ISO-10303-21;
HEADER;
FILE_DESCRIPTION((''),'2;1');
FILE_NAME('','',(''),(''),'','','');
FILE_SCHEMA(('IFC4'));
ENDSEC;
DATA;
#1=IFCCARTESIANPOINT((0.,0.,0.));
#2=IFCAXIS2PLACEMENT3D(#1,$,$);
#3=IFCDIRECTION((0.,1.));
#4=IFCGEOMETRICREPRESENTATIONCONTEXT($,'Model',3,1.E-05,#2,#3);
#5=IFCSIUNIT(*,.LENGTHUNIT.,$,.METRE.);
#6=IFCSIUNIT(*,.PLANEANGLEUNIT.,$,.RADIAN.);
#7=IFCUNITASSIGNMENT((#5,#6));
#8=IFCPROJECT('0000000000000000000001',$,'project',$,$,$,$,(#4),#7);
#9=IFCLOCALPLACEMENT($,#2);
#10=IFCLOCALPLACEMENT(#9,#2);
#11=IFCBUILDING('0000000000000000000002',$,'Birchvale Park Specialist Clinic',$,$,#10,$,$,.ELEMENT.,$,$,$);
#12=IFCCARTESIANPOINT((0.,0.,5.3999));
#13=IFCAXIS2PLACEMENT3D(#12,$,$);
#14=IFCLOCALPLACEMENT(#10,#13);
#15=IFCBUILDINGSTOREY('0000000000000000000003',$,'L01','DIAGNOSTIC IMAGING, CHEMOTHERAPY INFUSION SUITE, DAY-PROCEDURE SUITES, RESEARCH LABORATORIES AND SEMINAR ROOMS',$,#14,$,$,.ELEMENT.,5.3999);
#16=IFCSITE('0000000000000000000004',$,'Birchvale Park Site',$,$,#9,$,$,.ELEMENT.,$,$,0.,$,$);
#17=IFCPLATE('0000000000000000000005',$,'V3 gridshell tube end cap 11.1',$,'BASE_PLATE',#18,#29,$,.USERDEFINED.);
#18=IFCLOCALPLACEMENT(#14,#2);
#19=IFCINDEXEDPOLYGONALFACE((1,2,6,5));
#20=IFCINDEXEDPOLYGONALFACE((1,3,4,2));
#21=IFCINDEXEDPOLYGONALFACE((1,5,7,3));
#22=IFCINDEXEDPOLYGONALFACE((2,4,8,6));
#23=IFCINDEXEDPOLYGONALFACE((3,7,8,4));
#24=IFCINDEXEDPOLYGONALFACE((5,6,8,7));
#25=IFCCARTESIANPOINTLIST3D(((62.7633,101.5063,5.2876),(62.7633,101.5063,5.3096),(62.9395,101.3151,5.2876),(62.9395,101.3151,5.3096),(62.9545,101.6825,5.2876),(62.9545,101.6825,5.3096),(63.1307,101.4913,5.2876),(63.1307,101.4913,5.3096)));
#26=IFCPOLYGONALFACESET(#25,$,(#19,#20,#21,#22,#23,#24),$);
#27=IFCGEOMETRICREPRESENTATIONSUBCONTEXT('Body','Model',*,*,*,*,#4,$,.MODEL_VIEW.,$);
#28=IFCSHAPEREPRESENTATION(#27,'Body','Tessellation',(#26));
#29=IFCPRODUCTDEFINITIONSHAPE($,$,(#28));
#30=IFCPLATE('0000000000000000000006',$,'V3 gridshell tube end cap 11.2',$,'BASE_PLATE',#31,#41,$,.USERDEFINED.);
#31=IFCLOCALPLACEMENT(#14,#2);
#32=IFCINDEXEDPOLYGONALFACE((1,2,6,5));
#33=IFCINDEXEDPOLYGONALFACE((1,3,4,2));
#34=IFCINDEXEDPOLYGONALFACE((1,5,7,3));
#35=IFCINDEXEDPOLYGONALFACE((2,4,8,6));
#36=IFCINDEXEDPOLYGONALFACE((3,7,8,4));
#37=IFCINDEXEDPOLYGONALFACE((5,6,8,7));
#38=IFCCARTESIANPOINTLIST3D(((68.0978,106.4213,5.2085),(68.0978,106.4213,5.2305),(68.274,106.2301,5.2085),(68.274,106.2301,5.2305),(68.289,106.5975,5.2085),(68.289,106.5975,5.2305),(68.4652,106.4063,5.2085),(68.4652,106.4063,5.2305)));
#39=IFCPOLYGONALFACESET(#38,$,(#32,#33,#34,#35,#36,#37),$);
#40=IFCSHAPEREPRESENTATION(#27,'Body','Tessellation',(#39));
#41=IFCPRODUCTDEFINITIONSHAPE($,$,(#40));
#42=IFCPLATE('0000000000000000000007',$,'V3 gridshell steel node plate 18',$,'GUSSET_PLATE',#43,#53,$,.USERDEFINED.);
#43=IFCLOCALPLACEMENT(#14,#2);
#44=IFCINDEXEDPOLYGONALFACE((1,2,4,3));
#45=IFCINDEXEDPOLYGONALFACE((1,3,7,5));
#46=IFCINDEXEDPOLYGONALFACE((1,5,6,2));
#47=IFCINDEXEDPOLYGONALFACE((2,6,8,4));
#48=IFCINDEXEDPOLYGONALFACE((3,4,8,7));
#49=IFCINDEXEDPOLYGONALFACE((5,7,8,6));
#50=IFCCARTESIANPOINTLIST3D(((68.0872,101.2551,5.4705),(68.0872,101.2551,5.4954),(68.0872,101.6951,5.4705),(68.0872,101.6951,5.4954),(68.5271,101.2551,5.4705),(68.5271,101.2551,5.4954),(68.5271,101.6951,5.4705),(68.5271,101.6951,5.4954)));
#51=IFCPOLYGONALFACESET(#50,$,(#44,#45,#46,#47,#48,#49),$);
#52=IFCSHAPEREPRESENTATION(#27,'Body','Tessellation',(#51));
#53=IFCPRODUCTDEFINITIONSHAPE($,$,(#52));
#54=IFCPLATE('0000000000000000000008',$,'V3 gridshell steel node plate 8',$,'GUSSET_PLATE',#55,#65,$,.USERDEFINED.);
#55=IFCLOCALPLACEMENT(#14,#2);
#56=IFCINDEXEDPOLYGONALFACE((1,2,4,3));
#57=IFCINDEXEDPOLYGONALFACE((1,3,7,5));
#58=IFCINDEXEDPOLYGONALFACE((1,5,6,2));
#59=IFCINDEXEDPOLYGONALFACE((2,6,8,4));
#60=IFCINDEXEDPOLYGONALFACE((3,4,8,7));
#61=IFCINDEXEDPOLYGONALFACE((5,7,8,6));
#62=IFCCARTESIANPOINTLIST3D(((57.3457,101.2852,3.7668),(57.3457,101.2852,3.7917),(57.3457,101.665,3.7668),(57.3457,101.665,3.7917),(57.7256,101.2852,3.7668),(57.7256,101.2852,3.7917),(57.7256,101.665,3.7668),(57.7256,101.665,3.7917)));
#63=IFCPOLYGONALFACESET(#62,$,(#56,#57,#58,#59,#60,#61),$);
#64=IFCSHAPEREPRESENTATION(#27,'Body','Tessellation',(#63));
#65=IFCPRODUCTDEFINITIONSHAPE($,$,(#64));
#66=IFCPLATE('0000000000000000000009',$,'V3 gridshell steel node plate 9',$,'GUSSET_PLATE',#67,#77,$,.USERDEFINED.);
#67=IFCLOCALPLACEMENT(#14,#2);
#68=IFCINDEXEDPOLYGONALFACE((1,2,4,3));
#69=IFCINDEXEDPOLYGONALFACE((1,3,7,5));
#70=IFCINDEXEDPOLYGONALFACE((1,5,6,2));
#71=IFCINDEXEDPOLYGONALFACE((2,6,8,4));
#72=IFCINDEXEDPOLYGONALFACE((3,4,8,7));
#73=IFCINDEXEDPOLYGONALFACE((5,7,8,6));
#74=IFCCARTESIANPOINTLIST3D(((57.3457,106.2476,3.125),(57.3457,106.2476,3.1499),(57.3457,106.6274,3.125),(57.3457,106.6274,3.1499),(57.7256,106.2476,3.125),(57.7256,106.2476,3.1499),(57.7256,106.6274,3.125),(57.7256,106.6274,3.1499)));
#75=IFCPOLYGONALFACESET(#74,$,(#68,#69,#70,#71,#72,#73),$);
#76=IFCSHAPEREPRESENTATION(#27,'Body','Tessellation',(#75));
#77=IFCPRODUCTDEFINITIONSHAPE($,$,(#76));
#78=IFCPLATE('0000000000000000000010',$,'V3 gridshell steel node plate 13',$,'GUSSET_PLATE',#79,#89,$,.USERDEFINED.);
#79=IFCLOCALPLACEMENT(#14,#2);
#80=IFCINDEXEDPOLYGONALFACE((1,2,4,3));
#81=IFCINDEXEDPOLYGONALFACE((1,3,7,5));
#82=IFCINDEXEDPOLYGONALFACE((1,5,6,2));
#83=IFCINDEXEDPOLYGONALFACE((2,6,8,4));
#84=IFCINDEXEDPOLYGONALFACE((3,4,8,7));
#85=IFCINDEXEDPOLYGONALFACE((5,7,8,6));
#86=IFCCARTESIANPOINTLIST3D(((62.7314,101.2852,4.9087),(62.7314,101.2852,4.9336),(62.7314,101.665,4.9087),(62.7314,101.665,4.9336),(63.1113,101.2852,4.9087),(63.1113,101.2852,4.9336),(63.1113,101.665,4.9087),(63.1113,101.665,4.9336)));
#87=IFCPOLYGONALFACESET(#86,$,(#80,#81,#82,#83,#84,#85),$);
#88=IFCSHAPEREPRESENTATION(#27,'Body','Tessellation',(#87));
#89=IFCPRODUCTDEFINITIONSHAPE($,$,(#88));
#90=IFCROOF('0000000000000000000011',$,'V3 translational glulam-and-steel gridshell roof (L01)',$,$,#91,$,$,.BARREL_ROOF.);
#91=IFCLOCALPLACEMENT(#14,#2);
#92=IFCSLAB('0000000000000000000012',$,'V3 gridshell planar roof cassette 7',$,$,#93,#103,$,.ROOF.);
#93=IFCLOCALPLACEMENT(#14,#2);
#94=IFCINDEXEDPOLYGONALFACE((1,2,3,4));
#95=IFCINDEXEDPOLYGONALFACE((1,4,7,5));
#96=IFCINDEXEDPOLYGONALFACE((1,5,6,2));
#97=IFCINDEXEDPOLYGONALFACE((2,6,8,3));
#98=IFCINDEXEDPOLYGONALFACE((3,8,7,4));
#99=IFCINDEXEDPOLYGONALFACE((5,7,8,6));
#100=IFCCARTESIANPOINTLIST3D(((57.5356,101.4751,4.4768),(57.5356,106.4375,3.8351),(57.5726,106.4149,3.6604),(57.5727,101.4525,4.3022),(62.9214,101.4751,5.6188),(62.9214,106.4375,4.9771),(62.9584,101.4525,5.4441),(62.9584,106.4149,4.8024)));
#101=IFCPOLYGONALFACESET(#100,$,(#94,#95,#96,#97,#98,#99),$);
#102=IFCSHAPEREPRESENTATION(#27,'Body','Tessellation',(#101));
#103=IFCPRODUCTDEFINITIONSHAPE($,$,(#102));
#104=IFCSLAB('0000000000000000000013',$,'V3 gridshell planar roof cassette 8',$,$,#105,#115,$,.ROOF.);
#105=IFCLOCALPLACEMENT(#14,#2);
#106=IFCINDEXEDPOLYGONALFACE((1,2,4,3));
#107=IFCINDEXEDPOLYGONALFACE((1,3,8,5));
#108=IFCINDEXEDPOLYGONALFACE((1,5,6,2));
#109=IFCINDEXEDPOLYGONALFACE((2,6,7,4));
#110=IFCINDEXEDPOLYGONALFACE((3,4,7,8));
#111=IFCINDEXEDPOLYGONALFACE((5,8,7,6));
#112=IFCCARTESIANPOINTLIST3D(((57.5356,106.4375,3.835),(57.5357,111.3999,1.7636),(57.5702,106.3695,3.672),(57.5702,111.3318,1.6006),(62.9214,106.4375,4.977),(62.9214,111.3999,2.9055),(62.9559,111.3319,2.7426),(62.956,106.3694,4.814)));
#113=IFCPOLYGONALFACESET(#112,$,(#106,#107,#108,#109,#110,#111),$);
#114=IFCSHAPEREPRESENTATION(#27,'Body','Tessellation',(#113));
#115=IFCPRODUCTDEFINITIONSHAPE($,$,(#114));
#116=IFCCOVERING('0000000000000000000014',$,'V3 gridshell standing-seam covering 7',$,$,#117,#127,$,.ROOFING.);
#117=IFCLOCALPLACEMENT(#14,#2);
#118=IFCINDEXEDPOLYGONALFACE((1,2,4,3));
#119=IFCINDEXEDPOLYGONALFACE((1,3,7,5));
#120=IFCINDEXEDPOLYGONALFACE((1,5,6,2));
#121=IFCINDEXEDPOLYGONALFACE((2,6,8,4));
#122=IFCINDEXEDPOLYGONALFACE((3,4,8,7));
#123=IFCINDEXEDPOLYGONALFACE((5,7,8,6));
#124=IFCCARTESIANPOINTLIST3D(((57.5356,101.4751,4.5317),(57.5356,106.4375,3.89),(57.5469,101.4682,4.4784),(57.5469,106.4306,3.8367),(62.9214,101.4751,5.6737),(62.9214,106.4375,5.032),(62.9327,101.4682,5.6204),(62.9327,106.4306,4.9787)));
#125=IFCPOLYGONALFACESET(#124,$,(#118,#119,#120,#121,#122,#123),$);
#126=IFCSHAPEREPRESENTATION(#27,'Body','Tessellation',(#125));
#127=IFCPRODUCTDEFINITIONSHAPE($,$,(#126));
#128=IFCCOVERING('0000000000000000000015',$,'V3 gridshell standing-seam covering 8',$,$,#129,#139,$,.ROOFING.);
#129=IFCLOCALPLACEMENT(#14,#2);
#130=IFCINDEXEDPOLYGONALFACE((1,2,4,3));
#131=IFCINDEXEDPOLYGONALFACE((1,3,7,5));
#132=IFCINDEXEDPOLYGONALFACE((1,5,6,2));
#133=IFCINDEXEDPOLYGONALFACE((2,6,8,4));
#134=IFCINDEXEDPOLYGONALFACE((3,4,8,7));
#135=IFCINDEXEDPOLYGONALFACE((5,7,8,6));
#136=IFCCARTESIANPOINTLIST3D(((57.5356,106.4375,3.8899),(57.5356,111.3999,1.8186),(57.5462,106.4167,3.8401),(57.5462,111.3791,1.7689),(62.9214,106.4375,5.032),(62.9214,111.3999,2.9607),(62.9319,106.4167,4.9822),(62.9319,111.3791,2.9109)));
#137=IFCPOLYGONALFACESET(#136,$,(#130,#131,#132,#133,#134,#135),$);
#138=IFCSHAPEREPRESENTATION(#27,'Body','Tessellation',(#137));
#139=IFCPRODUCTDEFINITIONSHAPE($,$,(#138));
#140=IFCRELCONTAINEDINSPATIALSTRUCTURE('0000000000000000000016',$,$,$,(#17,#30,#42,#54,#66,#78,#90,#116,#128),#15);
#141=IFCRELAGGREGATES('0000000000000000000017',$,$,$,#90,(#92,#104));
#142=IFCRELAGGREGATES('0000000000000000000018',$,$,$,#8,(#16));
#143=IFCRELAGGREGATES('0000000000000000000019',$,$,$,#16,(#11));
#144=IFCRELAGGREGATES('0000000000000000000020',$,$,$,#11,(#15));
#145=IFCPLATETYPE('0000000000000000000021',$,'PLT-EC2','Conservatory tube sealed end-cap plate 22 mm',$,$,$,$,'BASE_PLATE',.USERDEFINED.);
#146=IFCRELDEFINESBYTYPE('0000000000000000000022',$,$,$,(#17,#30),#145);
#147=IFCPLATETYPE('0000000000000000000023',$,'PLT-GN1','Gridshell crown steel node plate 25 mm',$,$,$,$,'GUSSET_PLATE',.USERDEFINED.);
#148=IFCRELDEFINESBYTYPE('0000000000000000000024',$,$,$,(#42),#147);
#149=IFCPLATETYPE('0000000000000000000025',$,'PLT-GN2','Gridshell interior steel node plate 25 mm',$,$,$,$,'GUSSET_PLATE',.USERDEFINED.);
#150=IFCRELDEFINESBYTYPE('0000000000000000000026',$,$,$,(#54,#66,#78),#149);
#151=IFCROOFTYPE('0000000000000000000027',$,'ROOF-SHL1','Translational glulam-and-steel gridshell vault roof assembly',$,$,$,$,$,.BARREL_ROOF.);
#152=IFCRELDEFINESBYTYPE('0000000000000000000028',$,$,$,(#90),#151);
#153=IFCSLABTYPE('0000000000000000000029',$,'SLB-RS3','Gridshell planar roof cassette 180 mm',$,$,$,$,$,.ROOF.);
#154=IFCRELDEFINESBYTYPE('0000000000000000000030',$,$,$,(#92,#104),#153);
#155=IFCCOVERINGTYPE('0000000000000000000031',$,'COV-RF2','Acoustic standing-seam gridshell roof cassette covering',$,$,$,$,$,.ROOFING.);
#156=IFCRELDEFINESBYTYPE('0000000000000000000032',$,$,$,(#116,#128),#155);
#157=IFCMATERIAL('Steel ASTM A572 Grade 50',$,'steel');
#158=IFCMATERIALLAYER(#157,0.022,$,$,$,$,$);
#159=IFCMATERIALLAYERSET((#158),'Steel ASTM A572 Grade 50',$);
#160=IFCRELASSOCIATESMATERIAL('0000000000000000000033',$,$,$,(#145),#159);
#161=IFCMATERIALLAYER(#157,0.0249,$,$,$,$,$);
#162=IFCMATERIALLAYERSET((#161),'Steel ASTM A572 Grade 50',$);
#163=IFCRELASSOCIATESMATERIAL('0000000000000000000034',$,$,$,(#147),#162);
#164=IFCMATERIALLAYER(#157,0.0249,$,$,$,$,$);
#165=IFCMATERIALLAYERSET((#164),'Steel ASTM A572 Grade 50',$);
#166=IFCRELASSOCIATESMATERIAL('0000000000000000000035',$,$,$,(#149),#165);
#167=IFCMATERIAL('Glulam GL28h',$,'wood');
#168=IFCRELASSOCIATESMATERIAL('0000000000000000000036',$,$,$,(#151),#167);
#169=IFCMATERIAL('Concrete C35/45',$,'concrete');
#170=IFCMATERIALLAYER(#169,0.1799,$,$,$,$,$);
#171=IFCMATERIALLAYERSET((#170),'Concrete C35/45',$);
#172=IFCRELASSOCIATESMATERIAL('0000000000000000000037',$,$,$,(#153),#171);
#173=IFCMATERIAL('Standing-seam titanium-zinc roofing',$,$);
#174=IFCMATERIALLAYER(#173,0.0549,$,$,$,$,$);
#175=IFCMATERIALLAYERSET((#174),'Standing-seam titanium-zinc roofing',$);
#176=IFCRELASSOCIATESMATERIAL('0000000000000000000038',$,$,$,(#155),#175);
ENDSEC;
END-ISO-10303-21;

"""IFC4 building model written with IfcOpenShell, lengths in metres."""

from ifc_helpers import new_model, si_unit, direction, frame, origin, origin_2d, place, context, subcontext, project, spatial, polyline, rectangle, outline, extrude, material, layer, layer_set, type_object, element, aggregate, save


model = new_model("IFC4")

# Units and contexts
model_context = context("Model", 3, precision=1e-05, world=origin(), true_north=direction((0.0, 1.0)))
body_context = subcontext(model_context, "Body", "Model", "MODEL_VIEW")
ifc_project = project(units=[si_unit("LENGTHUNIT", "METRE"), si_unit("PLANEANGLEUNIT", "RADIAN")], contexts=[model_context])

# Site, building, storey
site_placement = place(None, origin())
site = spatial("IfcSite", under=ifc_project, at=site_placement, Name="Birchvale Park Site", CompositionType="ELEMENT", RefElevation=0.0)
building_placement = place(site_placement, origin())
building = spatial("IfcBuilding", under=site, at=building_placement, Name="Birchvale Park Specialist Clinic", CompositionType="ELEMENT")
storey_placement = place(building_placement, frame((0.0, 0.0, 5.3999)))
storey = spatial("IfcBuildingStorey", under=building, at=storey_placement, Name="L01", Description="DIAGNOSTIC IMAGING, CHEMOTHERAPY INFUSION SUITE, DAY-PROCEDURE SUITES, RESEARCH LABORATORIES AND SEMINAR ROOMS", CompositionType="ELEMENT", Elevation=5.3999)

# Shared definitions
ifc_material_1 = material(Name="Glulam GL28h", Category="wood")

# Plates
ifc_material_2 = material(Name="Steel ASTM A572 Grade 50", Category="steel")
ifc_layer_1 = layer(ifc_material_2, 0.022)
ifc_layer_set_1 = layer_set([ifc_layer_1], Name="Steel ASTM A572 Grade 50")
plate_type_1 = type_object("IfcPlateType", Name="PLT-EC2", Description="Conservatory tube sealed end-cap plate 22 mm", ElementType="BASE_PLATE", PredefinedType="USERDEFINED", material=ifc_layer_set_1)
for number, where, z_axis, x_axis, name in (
    (1, (62.947, 101.4988, 5.2876), (0.0, 0.0, 1.0), (0.735388, 0.677646, 0.0), "V3 gridshell tube end cap 11.1"),
    (2, (68.2815, 106.4138, 5.2085), (0.0, 0.0, 1.0), (0.735388, 0.677646, 0.0), "V3 gridshell tube end cap 11.2"),
):
    element("IfcPlate", number, at=place(storey_placement, frame(where, z_axis=z_axis, x_axis=x_axis)), inside=storey, type_object=plate_type_1, Name=name, ObjectType="BASE_PLATE", PredefinedType="USERDEFINED", context=body_context, shape_type="SweptSolid", body=[
        extrude(rectangle(XDim=0.26, YDim=0.26, at=origin_2d()), origin(), (0.0, 0.0, 1.0), 0.022),
    ])
ifc_layer_2 = layer(ifc_material_2, 0.0249)
ifc_layer_set_2 = layer_set([ifc_layer_2], Name="Steel ASTM A572 Grade 50")
plate_type_2 = type_object("IfcPlateType", Name="PLT-GN1", Description="Gridshell crown steel node plate 25 mm", ElementType="GUSSET_PLATE", PredefinedType="USERDEFINED", material=ifc_layer_set_2)
plate_placement = place(storey_placement, frame((68.3071, 101.4751, 5.4705), z_axis=(0.0, 0.0, 1.0), x_axis=(1.0, 0.0, 0.0)))
element("IfcPlate", 3, at=plate_placement, inside=storey, type_object=plate_type_2, Name="V3 gridshell steel node plate 18", ObjectType="GUSSET_PLATE", PredefinedType="USERDEFINED", context=body_context, shape_type="SweptSolid", body=[
    extrude(rectangle(XDim=0.4399, YDim=0.4399, at=origin_2d()), origin(), (0.0, 0.0, 1.0), 0.0249),
])
ifc_layer_3 = layer(ifc_material_2, 0.0249)
ifc_layer_set_3 = layer_set([ifc_layer_3], Name="Steel ASTM A572 Grade 50")
plate_type_3 = type_object("IfcPlateType", Name="PLT-GN2", Description="Gridshell interior steel node plate 25 mm", ElementType="GUSSET_PLATE", PredefinedType="USERDEFINED", material=ifc_layer_set_3)
for number, where, z_axis, x_axis, name in (
    (4, (57.5356, 101.4751, 3.7668), (0.0, 0.0, 1.0), (1.0, 0.0, 0.0), "V3 gridshell steel node plate 8"),
    (5, (57.5356, 106.4375, 3.125), (0.0, 0.0, 1.0), (1.0, 0.0, 0.0), "V3 gridshell steel node plate 9"),
    (6, (62.9214, 101.4751, 4.9087), (0.0, 0.0, 1.0), (1.0, 0.0, 0.0), "V3 gridshell steel node plate 13"),
):
    element("IfcPlate", number, at=place(storey_placement, frame(where, z_axis=z_axis, x_axis=x_axis)), inside=storey, type_object=plate_type_3, Name=name, ObjectType="GUSSET_PLATE", PredefinedType="USERDEFINED", context=body_context, shape_type="SweptSolid", body=[
        extrude(rectangle(XDim=0.3799, YDim=0.3799, at=origin_2d()), origin(), (0.0, 0.0, 1.0), 0.0249),
    ])

# Roof, slabs
roof_type = type_object("IfcRoofType", Name="ROOF-SHL1", Description="Translational glulam-and-steel gridshell vault roof assembly", PredefinedType="BARREL_ROOF", material=ifc_material_1)
roof_placement = place(storey_placement, origin())
roof = element("IfcRoof", 7, at=roof_placement, inside=storey, type_object=roof_type, Name="V3 translational glulam-and-steel gridshell roof (L01)", PredefinedType="BARREL_ROOF")
ifc_material_3 = material(Name="Concrete C35/45", Category="concrete")
ifc_layer_4 = layer(ifc_material_3, 0.1799)
ifc_layer_set_4 = layer_set([ifc_layer_4], Name="Concrete C35/45")
slab_type = type_object("IfcSlabType", Name="SLB-RS3", Description="Gridshell planar roof cassette 180 mm", PredefinedType="ROOF", material=ifc_layer_set_4)
slab_1_placement = place(storey_placement, frame((57.5356, 101.4751, 4.4768), z_axis=(-0.205784, 0.125504, 0.970516), x_axis=(0.978251, 0.000003, 0.207424)))
slab_1 = element("IfcSlab", 8, at=slab_1_placement, type_object=slab_type, Name="V3 gridshell planar roof cassette 7", PredefinedType="ROOF", context=body_context, shape_type="SweptSolid", body=[
    extrude(outline(polyline([(0.0, 0.0), (5.5055, 0.0), (5.3724, 5.0019), (-0.1331, 5.002), (0.0, 0.0)])), origin(), (0.0, 0.0, -1.0), 0.1799),
])
slab_2_placement = place(storey_placement, frame((57.5356, 106.4375, 3.835), z_axis=(-0.192031, 0.378039, 0.905655), x_axis=(0.978251, -0.000008, 0.207427)))
slab_2 = element("IfcSlab", 9, at=slab_2_placement, type_object=slab_type, Name="V3 gridshell planar roof cassette 8", PredefinedType="ROOF", context=body_context, shape_type="SweptSolid", body=[
    extrude(outline(polyline([(0.0, 0.0), (5.5055, 0.0), (5.0758, 5.3602), (-0.4297, 5.3601), (0.0, 0.0)])), origin(), (0.0, 0.0, -1.0), 0.1799),
])
aggregate(roof, [slab_1, slab_2])

# Coverings
ifc_material_4 = material(Name="Standing-seam titanium-zinc roofing")
ifc_layer_5 = layer(ifc_material_4, 0.0549)
ifc_layer_set_5 = layer_set([ifc_layer_5], Name="Standing-seam titanium-zinc roofing")
covering_type = type_object("IfcCoveringType", Name="COV-RF2", Description="Acoustic standing-seam gridshell roof cassette covering", PredefinedType="ROOFING", material=ifc_layer_set_5)
covering_1_placement = place(storey_placement, frame((57.5356, 101.4751, 4.5317), z_axis=(-0.205784, 0.125504, 0.970516), x_axis=(0.978251, 0.000003, 0.207424)))
element("IfcCovering", 10, at=covering_1_placement, inside=storey, type_object=covering_type, Name="V3 gridshell standing-seam covering 7", PredefinedType="ROOFING", context=body_context, shape_type="SweptSolid", body=[
    extrude(outline(polyline([(0.0, 0.0), (5.5055, 0.0), (5.3724, 5.0019), (-0.1331, 5.002), (0.0, 0.0)])), origin(), (0.0, 0.0, -1.0), 0.0549),
])
covering_2_placement = place(storey_placement, frame((57.5356, 106.4375, 3.8899), z_axis=(-0.192052, 0.378019, 0.905659), x_axis=(0.978247, 0.0, 0.207445)))
element("IfcCovering", 11, at=covering_2_placement, inside=storey, type_object=covering_type, Name="V3 gridshell standing-seam covering 8", PredefinedType="ROOFING", context=body_context, shape_type="SweptSolid", body=[
    extrude(outline(polyline([(0.0, 0.0), (5.5055, 0.0), (5.0758, 5.3601), (-0.4297, 5.3601), (0.0, 0.0)])), origin(), (0.0, 0.0, -1.0), 0.0549),
])

save(model, "model.ifc")
